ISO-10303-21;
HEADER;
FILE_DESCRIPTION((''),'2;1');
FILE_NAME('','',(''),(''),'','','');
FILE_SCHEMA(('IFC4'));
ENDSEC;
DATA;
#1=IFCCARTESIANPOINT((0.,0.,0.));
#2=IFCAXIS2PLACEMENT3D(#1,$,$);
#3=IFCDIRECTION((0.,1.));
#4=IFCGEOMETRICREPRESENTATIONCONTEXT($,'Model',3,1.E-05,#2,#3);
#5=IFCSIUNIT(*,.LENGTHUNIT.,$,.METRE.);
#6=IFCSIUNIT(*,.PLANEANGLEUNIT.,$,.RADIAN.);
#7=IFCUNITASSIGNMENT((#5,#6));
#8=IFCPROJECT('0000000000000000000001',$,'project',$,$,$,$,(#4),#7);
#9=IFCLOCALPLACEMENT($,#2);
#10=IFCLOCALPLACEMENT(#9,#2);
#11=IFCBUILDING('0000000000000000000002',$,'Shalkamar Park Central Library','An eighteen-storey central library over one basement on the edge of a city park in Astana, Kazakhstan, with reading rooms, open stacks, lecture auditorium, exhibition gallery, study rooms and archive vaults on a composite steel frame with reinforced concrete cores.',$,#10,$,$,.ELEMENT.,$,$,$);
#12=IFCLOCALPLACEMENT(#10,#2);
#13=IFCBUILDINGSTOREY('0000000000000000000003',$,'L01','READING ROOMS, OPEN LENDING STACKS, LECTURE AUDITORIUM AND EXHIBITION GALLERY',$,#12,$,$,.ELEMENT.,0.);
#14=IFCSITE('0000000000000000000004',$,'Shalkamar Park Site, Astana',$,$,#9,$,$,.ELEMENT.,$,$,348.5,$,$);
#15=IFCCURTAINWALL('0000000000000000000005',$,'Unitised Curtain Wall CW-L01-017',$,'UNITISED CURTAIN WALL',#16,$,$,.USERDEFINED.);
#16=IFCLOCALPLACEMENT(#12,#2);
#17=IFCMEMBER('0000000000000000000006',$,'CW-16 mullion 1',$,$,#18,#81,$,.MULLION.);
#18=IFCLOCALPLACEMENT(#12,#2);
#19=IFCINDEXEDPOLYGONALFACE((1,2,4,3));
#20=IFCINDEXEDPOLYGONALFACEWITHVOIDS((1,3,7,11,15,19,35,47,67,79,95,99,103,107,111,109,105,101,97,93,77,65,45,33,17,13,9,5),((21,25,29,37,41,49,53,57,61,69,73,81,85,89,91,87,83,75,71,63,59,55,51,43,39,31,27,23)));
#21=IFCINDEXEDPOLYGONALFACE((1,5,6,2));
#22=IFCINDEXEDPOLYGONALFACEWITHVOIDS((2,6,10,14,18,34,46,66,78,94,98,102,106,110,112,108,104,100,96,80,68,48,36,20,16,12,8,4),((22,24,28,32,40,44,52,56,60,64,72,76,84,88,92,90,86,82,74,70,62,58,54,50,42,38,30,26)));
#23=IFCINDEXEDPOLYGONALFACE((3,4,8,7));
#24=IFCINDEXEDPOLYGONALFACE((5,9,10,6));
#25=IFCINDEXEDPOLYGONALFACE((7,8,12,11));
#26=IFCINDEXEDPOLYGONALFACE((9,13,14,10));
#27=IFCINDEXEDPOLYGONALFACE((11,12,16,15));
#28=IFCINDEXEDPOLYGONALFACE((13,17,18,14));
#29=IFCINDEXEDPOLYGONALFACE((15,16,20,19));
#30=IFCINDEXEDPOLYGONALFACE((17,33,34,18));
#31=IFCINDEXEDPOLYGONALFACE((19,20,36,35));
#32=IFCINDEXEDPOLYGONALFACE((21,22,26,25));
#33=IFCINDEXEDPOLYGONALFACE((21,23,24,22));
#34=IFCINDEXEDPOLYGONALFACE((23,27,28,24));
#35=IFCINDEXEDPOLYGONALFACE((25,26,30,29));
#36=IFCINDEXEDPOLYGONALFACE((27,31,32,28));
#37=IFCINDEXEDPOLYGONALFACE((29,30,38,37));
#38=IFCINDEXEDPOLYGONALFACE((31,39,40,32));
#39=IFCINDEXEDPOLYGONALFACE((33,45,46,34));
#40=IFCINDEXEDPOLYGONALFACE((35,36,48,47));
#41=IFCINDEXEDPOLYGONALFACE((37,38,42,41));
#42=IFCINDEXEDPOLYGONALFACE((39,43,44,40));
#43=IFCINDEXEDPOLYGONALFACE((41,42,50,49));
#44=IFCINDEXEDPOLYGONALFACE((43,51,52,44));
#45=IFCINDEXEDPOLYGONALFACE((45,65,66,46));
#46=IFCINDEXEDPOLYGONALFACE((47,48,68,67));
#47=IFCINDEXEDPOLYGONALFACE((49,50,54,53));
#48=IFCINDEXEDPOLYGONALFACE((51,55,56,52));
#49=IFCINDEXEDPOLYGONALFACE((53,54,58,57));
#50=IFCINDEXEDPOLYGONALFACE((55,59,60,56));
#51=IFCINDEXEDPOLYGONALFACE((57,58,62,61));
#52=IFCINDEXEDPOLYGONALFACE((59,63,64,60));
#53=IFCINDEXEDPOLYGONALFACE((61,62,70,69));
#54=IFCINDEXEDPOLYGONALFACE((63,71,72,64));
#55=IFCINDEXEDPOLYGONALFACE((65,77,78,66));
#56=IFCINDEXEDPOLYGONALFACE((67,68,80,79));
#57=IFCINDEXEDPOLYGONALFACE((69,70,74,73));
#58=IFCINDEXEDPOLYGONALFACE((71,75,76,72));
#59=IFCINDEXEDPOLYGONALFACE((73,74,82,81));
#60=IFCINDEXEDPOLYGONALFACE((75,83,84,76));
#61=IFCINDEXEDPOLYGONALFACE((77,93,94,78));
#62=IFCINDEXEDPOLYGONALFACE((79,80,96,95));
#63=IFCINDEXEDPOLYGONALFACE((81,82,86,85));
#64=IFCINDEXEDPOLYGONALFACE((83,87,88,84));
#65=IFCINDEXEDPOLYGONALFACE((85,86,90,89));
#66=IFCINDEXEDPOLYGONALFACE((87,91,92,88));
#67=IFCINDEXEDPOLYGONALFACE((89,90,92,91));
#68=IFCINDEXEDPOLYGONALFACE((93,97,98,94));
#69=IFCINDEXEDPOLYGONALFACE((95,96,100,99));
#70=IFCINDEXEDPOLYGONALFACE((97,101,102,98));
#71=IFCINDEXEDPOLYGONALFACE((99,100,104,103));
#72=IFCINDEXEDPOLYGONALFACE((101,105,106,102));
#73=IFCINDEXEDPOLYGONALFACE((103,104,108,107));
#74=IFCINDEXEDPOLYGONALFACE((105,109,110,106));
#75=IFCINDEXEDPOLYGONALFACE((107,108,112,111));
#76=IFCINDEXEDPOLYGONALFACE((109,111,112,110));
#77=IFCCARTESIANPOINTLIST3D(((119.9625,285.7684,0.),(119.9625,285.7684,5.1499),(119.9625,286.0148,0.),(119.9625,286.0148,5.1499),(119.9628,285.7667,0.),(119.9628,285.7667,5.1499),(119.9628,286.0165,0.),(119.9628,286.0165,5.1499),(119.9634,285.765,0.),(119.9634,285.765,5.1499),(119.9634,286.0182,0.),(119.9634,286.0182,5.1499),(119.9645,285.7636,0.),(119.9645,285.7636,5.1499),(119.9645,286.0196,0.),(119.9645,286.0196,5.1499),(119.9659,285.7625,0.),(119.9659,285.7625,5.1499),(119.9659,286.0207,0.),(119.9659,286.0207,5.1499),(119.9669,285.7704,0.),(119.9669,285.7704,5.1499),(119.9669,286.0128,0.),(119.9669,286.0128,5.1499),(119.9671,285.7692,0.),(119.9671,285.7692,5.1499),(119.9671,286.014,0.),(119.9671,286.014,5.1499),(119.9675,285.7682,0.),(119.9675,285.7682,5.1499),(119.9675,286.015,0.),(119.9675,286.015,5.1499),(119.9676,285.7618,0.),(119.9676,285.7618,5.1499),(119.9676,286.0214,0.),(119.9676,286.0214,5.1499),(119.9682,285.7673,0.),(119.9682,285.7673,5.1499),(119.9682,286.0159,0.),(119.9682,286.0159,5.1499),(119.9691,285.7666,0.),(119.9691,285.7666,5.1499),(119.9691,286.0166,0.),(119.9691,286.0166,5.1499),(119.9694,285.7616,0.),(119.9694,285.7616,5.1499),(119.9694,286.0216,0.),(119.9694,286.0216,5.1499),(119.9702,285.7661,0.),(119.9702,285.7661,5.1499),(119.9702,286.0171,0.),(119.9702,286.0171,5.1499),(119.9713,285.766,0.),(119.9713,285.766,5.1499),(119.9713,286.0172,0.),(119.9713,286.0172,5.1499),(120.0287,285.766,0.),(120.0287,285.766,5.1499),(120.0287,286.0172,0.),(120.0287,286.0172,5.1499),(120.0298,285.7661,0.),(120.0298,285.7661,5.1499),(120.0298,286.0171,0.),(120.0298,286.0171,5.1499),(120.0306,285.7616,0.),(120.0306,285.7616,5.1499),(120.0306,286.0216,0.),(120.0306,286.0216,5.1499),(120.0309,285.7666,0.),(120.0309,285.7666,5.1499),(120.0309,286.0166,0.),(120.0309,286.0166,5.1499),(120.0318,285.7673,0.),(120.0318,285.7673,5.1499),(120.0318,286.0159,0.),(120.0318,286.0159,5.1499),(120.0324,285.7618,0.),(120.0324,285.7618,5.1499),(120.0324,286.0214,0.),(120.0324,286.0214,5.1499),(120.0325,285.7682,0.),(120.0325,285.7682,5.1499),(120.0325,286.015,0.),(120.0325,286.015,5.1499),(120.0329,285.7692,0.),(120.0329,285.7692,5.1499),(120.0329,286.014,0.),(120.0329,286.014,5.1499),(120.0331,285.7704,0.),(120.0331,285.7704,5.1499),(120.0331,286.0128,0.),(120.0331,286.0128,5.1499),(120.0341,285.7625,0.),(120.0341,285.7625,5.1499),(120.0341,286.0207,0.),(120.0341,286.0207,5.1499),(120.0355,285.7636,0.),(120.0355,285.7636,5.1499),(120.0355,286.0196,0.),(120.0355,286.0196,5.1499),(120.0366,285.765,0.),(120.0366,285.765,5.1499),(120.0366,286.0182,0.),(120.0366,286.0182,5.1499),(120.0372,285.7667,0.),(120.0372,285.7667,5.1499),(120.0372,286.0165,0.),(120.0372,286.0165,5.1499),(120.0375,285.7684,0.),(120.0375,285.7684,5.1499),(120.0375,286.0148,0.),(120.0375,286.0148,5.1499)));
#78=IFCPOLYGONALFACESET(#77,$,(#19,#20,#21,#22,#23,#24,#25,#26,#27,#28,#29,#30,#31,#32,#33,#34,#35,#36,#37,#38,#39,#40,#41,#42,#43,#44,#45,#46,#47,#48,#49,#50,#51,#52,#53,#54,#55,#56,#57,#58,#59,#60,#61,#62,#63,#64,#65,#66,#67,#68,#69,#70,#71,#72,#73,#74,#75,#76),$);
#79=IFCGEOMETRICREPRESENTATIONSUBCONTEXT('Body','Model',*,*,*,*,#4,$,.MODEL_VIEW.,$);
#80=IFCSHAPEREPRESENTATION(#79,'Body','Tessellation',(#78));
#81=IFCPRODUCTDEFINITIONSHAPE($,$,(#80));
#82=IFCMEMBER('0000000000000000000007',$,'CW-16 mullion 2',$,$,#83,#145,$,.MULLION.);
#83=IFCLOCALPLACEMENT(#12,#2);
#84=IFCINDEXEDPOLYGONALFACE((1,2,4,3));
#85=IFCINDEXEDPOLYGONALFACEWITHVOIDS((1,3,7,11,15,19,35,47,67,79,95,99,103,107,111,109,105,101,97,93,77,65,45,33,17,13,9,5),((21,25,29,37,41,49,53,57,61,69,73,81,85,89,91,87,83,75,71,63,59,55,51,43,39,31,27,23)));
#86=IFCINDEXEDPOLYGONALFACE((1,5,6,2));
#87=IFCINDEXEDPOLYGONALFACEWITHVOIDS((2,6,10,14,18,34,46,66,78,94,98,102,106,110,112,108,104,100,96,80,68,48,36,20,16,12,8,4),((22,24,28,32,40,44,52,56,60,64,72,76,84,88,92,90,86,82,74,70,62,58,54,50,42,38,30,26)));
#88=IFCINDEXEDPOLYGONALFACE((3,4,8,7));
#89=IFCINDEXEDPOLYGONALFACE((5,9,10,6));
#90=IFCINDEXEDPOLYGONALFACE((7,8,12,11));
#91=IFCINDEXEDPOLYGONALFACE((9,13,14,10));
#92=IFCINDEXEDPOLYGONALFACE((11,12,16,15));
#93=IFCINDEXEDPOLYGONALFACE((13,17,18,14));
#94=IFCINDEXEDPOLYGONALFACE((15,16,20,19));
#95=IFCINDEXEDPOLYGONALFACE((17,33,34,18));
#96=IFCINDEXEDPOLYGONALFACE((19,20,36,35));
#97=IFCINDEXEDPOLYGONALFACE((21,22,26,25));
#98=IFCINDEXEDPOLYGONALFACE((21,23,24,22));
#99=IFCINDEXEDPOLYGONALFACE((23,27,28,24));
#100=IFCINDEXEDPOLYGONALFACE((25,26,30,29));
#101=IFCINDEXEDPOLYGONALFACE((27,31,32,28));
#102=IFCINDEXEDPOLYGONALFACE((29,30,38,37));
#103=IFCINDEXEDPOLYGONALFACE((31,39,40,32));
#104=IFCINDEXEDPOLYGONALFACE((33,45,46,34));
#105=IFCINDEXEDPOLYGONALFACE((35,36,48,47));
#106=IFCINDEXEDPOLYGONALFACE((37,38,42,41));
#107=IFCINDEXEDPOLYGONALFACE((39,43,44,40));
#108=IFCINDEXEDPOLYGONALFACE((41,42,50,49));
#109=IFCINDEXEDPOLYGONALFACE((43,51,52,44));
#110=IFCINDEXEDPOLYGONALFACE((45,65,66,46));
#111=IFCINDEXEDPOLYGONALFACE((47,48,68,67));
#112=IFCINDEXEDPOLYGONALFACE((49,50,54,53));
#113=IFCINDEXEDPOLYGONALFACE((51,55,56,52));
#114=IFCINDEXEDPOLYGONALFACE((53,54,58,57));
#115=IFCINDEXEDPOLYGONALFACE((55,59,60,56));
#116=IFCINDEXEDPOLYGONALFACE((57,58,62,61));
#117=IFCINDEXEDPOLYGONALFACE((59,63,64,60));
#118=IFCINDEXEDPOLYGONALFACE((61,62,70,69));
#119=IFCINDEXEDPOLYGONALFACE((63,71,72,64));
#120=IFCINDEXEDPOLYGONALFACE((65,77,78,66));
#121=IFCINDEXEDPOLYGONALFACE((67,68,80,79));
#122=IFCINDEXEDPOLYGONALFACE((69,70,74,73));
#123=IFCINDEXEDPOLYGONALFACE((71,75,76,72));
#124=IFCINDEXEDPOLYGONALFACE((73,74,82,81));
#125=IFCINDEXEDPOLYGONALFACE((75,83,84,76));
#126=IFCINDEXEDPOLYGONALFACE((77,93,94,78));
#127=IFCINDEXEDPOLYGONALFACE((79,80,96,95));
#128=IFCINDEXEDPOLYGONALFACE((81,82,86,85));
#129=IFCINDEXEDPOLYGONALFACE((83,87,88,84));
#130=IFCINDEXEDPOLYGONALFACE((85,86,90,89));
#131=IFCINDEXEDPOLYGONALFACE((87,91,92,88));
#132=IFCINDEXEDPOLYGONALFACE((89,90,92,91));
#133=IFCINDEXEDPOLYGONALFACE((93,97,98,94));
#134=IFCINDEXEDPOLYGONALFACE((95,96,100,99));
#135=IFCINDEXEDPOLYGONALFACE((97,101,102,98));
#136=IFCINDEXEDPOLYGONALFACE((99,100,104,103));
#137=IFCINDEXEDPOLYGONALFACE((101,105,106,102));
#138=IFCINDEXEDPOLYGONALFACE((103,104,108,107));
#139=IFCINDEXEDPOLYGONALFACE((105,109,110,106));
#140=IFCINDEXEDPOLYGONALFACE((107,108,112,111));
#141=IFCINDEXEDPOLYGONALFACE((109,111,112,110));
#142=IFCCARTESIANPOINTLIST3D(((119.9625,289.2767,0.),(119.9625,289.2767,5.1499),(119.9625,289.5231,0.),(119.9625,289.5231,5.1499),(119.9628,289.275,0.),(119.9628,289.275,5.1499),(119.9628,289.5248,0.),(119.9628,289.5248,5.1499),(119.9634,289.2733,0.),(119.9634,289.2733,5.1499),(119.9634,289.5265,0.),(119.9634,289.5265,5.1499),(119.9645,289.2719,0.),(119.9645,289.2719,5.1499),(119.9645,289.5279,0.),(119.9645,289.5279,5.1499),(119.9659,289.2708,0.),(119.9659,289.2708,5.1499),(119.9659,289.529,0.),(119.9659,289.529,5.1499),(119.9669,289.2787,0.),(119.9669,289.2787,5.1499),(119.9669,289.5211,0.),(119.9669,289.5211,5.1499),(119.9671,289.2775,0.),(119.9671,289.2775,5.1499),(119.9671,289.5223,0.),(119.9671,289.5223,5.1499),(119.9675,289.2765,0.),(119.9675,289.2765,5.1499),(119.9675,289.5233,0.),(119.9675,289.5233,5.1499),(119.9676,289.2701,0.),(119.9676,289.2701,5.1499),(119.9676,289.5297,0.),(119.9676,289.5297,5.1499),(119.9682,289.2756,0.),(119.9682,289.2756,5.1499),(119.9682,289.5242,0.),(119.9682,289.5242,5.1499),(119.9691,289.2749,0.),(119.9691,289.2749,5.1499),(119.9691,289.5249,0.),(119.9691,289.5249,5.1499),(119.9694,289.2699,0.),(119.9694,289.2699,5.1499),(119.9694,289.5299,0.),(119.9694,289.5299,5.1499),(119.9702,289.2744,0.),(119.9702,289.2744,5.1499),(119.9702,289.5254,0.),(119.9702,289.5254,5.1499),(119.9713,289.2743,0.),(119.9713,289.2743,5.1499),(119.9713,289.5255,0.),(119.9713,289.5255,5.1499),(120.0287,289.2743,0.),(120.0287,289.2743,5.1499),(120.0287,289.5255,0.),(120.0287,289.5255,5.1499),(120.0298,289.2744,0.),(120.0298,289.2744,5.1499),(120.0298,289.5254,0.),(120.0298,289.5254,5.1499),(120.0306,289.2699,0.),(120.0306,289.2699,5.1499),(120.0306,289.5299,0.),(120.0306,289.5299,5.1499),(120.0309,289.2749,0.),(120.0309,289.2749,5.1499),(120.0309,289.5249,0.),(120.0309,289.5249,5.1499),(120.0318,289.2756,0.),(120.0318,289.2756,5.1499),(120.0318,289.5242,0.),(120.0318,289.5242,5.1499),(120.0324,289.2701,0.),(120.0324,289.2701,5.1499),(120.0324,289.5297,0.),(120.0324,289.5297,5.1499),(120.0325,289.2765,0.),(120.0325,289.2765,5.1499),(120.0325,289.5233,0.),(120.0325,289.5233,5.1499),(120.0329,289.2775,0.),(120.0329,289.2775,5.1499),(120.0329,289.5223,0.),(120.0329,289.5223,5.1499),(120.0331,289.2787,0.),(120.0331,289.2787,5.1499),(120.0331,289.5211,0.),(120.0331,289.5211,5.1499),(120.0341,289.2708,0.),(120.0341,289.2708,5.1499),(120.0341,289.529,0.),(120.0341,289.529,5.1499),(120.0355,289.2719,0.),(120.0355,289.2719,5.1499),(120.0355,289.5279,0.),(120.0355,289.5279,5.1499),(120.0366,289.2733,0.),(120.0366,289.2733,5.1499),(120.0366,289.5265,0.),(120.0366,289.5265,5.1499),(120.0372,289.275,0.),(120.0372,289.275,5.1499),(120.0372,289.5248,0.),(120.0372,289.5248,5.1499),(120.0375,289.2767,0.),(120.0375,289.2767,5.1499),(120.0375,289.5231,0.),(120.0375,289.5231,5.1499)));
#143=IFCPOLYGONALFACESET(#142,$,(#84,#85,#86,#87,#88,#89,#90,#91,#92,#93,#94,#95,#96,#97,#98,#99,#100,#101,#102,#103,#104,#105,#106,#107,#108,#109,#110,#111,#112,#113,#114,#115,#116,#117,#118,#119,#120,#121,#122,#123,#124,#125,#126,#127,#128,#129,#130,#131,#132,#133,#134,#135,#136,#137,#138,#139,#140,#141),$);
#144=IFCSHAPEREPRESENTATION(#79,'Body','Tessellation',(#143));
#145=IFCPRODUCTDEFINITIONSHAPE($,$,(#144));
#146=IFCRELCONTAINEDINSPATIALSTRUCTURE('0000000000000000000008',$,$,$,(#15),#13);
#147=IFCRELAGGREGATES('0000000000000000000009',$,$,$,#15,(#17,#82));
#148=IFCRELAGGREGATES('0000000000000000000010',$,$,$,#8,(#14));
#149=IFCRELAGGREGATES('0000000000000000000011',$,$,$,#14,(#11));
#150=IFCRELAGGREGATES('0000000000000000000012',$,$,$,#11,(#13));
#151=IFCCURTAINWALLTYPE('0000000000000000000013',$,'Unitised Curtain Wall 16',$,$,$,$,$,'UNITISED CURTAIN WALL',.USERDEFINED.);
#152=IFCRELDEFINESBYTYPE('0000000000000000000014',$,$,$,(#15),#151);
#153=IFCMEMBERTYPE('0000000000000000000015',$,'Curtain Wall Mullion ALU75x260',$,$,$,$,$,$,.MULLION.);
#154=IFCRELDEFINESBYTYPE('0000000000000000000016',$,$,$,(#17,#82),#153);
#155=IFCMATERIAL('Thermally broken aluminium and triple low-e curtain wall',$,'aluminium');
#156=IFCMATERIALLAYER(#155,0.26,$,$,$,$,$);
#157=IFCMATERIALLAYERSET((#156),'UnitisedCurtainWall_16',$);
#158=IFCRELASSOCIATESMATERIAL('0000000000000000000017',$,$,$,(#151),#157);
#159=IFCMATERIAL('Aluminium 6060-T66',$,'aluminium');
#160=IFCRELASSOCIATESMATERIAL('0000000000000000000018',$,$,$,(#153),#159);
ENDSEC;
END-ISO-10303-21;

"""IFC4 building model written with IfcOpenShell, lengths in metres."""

from ifc_helpers import new_model, si_unit, direction, frame, origin, origin_2d, place, context, subcontext, project, spatial, hollow_rectangle, extrude, material, layer, layer_set, material_profile, profile_set, type_object, element, aggregate, save


model = new_model("IFC4")

# Units and contexts
model_context = context("Model", 3, precision=1e-05, world=origin(), true_north=direction((0.0, 1.0)))
body_context = subcontext(model_context, "Body", "Model", "MODEL_VIEW")
ifc_project = project(units=[si_unit("LENGTHUNIT", "METRE"), si_unit("PLANEANGLEUNIT", "RADIAN")], contexts=[model_context])

# Site, building, storey
site_placement = place(None, origin())
site = spatial("IfcSite", under=ifc_project, at=site_placement, Name="Shalkamar Park Site, Astana", CompositionType="ELEMENT", RefElevation=348.5)
building_placement = place(site_placement, origin())
building = spatial("IfcBuilding", under=site, at=building_placement, Name="Shalkamar Park Central Library", Description="An eighteen-storey central library over one basement on the edge of a city park in Astana, Kazakhstan, with reading rooms, open stacks, lecture auditorium, exhibition gallery, study rooms and archive vaults on a composite steel frame with reinforced concrete cores.", CompositionType="ELEMENT")
storey_placement = place(building_placement, origin())
storey = spatial("IfcBuildingStorey", under=building, at=storey_placement, Name="L01", Description="READING ROOMS, OPEN LENDING STACKS, LECTURE AUDITORIUM AND EXHIBITION GALLERY", CompositionType="ELEMENT", Elevation=0.0)

# Curtain wall, members
ifc_material_1 = material(Name="Thermally broken aluminium and triple low-e curtain wall", Category="aluminium")
ifc_layer_1 = layer(ifc_material_1, 0.26)
ifc_layer_set_1 = layer_set([ifc_layer_1], Name="UnitisedCurtainWall_16")
curtain_wall_type = type_object("IfcCurtainWallType", Name="Unitised Curtain Wall 16", ElementType="UNITISED CURTAIN WALL", PredefinedType="USERDEFINED", material=ifc_layer_set_1)
curtain_wall_placement = place(storey_placement, origin())
curtain_wall = element("IfcCurtainWall", 1, at=curtain_wall_placement, inside=storey, type_object=curtain_wall_type, Name="Unitised Curtain Wall CW-L01-017", ObjectType="UNITISED CURTAIN WALL", PredefinedType="USERDEFINED")
ifc_material_2 = material(Name="Aluminium 6060-T66", Category="aluminium")
ifc_material_profile_1 = material_profile(ifc_material_2, hollow_rectangle(XDim=0.075, YDim=0.26, WallThickness=0.0044, InnerFilletRadius=0.0044, OuterFilletRadius=0.0068, at=origin_2d()), Name="ALU 75x260x4.5")
ifc_profile_set_1 = profile_set([ifc_material_profile_1], Name="Aluminium 6060-T66")
member_type_1 = type_object("IfcMemberType", Name="Curtain Wall Mullion ALU75x260", PredefinedType="MULLION", material=ifc_profile_set_1)
member_1_placement = place(storey_placement, frame((120.0, 285.8916, 0.0), z_axis=(0.0, 0.0, 1.0), x_axis=(-1.0, 0.0, 0.0)))
member_1 = element("IfcMember", 2, at=member_1_placement, type_object=member_type_1, Name="CW-16 mullion 1", PredefinedType="MULLION", context=body_context, shape_type="SweptSolid", body=[
    extrude(hollow_rectangle(XDim=0.075, YDim=0.26, WallThickness=0.0044, InnerFilletRadius=0.0044, OuterFilletRadius=0.0068, at=origin_2d()), origin(), (0.0, 0.0, 1.0), 5.1499),
])
member_2_placement = place(storey_placement, frame((120.0, 289.3999, 0.0), z_axis=(0.0, 0.0, 1.0), x_axis=(-1.0, 0.0, 0.0)))
member_2 = element("IfcMember", 3, at=member_2_placement, type_object=member_type_1, Name="CW-16 mullion 2", PredefinedType="MULLION", context=body_context, shape_type="SweptSolid", body=[
    extrude(hollow_rectangle(XDim=0.075, YDim=0.26, WallThickness=0.0044, InnerFilletRadius=0.0044, OuterFilletRadius=0.0068, at=origin_2d()), origin(), (0.0, 0.0, 1.0), 5.1499),
])

aggregate(curtain_wall, [member_1, member_2])

save(model, "model.ifc")
